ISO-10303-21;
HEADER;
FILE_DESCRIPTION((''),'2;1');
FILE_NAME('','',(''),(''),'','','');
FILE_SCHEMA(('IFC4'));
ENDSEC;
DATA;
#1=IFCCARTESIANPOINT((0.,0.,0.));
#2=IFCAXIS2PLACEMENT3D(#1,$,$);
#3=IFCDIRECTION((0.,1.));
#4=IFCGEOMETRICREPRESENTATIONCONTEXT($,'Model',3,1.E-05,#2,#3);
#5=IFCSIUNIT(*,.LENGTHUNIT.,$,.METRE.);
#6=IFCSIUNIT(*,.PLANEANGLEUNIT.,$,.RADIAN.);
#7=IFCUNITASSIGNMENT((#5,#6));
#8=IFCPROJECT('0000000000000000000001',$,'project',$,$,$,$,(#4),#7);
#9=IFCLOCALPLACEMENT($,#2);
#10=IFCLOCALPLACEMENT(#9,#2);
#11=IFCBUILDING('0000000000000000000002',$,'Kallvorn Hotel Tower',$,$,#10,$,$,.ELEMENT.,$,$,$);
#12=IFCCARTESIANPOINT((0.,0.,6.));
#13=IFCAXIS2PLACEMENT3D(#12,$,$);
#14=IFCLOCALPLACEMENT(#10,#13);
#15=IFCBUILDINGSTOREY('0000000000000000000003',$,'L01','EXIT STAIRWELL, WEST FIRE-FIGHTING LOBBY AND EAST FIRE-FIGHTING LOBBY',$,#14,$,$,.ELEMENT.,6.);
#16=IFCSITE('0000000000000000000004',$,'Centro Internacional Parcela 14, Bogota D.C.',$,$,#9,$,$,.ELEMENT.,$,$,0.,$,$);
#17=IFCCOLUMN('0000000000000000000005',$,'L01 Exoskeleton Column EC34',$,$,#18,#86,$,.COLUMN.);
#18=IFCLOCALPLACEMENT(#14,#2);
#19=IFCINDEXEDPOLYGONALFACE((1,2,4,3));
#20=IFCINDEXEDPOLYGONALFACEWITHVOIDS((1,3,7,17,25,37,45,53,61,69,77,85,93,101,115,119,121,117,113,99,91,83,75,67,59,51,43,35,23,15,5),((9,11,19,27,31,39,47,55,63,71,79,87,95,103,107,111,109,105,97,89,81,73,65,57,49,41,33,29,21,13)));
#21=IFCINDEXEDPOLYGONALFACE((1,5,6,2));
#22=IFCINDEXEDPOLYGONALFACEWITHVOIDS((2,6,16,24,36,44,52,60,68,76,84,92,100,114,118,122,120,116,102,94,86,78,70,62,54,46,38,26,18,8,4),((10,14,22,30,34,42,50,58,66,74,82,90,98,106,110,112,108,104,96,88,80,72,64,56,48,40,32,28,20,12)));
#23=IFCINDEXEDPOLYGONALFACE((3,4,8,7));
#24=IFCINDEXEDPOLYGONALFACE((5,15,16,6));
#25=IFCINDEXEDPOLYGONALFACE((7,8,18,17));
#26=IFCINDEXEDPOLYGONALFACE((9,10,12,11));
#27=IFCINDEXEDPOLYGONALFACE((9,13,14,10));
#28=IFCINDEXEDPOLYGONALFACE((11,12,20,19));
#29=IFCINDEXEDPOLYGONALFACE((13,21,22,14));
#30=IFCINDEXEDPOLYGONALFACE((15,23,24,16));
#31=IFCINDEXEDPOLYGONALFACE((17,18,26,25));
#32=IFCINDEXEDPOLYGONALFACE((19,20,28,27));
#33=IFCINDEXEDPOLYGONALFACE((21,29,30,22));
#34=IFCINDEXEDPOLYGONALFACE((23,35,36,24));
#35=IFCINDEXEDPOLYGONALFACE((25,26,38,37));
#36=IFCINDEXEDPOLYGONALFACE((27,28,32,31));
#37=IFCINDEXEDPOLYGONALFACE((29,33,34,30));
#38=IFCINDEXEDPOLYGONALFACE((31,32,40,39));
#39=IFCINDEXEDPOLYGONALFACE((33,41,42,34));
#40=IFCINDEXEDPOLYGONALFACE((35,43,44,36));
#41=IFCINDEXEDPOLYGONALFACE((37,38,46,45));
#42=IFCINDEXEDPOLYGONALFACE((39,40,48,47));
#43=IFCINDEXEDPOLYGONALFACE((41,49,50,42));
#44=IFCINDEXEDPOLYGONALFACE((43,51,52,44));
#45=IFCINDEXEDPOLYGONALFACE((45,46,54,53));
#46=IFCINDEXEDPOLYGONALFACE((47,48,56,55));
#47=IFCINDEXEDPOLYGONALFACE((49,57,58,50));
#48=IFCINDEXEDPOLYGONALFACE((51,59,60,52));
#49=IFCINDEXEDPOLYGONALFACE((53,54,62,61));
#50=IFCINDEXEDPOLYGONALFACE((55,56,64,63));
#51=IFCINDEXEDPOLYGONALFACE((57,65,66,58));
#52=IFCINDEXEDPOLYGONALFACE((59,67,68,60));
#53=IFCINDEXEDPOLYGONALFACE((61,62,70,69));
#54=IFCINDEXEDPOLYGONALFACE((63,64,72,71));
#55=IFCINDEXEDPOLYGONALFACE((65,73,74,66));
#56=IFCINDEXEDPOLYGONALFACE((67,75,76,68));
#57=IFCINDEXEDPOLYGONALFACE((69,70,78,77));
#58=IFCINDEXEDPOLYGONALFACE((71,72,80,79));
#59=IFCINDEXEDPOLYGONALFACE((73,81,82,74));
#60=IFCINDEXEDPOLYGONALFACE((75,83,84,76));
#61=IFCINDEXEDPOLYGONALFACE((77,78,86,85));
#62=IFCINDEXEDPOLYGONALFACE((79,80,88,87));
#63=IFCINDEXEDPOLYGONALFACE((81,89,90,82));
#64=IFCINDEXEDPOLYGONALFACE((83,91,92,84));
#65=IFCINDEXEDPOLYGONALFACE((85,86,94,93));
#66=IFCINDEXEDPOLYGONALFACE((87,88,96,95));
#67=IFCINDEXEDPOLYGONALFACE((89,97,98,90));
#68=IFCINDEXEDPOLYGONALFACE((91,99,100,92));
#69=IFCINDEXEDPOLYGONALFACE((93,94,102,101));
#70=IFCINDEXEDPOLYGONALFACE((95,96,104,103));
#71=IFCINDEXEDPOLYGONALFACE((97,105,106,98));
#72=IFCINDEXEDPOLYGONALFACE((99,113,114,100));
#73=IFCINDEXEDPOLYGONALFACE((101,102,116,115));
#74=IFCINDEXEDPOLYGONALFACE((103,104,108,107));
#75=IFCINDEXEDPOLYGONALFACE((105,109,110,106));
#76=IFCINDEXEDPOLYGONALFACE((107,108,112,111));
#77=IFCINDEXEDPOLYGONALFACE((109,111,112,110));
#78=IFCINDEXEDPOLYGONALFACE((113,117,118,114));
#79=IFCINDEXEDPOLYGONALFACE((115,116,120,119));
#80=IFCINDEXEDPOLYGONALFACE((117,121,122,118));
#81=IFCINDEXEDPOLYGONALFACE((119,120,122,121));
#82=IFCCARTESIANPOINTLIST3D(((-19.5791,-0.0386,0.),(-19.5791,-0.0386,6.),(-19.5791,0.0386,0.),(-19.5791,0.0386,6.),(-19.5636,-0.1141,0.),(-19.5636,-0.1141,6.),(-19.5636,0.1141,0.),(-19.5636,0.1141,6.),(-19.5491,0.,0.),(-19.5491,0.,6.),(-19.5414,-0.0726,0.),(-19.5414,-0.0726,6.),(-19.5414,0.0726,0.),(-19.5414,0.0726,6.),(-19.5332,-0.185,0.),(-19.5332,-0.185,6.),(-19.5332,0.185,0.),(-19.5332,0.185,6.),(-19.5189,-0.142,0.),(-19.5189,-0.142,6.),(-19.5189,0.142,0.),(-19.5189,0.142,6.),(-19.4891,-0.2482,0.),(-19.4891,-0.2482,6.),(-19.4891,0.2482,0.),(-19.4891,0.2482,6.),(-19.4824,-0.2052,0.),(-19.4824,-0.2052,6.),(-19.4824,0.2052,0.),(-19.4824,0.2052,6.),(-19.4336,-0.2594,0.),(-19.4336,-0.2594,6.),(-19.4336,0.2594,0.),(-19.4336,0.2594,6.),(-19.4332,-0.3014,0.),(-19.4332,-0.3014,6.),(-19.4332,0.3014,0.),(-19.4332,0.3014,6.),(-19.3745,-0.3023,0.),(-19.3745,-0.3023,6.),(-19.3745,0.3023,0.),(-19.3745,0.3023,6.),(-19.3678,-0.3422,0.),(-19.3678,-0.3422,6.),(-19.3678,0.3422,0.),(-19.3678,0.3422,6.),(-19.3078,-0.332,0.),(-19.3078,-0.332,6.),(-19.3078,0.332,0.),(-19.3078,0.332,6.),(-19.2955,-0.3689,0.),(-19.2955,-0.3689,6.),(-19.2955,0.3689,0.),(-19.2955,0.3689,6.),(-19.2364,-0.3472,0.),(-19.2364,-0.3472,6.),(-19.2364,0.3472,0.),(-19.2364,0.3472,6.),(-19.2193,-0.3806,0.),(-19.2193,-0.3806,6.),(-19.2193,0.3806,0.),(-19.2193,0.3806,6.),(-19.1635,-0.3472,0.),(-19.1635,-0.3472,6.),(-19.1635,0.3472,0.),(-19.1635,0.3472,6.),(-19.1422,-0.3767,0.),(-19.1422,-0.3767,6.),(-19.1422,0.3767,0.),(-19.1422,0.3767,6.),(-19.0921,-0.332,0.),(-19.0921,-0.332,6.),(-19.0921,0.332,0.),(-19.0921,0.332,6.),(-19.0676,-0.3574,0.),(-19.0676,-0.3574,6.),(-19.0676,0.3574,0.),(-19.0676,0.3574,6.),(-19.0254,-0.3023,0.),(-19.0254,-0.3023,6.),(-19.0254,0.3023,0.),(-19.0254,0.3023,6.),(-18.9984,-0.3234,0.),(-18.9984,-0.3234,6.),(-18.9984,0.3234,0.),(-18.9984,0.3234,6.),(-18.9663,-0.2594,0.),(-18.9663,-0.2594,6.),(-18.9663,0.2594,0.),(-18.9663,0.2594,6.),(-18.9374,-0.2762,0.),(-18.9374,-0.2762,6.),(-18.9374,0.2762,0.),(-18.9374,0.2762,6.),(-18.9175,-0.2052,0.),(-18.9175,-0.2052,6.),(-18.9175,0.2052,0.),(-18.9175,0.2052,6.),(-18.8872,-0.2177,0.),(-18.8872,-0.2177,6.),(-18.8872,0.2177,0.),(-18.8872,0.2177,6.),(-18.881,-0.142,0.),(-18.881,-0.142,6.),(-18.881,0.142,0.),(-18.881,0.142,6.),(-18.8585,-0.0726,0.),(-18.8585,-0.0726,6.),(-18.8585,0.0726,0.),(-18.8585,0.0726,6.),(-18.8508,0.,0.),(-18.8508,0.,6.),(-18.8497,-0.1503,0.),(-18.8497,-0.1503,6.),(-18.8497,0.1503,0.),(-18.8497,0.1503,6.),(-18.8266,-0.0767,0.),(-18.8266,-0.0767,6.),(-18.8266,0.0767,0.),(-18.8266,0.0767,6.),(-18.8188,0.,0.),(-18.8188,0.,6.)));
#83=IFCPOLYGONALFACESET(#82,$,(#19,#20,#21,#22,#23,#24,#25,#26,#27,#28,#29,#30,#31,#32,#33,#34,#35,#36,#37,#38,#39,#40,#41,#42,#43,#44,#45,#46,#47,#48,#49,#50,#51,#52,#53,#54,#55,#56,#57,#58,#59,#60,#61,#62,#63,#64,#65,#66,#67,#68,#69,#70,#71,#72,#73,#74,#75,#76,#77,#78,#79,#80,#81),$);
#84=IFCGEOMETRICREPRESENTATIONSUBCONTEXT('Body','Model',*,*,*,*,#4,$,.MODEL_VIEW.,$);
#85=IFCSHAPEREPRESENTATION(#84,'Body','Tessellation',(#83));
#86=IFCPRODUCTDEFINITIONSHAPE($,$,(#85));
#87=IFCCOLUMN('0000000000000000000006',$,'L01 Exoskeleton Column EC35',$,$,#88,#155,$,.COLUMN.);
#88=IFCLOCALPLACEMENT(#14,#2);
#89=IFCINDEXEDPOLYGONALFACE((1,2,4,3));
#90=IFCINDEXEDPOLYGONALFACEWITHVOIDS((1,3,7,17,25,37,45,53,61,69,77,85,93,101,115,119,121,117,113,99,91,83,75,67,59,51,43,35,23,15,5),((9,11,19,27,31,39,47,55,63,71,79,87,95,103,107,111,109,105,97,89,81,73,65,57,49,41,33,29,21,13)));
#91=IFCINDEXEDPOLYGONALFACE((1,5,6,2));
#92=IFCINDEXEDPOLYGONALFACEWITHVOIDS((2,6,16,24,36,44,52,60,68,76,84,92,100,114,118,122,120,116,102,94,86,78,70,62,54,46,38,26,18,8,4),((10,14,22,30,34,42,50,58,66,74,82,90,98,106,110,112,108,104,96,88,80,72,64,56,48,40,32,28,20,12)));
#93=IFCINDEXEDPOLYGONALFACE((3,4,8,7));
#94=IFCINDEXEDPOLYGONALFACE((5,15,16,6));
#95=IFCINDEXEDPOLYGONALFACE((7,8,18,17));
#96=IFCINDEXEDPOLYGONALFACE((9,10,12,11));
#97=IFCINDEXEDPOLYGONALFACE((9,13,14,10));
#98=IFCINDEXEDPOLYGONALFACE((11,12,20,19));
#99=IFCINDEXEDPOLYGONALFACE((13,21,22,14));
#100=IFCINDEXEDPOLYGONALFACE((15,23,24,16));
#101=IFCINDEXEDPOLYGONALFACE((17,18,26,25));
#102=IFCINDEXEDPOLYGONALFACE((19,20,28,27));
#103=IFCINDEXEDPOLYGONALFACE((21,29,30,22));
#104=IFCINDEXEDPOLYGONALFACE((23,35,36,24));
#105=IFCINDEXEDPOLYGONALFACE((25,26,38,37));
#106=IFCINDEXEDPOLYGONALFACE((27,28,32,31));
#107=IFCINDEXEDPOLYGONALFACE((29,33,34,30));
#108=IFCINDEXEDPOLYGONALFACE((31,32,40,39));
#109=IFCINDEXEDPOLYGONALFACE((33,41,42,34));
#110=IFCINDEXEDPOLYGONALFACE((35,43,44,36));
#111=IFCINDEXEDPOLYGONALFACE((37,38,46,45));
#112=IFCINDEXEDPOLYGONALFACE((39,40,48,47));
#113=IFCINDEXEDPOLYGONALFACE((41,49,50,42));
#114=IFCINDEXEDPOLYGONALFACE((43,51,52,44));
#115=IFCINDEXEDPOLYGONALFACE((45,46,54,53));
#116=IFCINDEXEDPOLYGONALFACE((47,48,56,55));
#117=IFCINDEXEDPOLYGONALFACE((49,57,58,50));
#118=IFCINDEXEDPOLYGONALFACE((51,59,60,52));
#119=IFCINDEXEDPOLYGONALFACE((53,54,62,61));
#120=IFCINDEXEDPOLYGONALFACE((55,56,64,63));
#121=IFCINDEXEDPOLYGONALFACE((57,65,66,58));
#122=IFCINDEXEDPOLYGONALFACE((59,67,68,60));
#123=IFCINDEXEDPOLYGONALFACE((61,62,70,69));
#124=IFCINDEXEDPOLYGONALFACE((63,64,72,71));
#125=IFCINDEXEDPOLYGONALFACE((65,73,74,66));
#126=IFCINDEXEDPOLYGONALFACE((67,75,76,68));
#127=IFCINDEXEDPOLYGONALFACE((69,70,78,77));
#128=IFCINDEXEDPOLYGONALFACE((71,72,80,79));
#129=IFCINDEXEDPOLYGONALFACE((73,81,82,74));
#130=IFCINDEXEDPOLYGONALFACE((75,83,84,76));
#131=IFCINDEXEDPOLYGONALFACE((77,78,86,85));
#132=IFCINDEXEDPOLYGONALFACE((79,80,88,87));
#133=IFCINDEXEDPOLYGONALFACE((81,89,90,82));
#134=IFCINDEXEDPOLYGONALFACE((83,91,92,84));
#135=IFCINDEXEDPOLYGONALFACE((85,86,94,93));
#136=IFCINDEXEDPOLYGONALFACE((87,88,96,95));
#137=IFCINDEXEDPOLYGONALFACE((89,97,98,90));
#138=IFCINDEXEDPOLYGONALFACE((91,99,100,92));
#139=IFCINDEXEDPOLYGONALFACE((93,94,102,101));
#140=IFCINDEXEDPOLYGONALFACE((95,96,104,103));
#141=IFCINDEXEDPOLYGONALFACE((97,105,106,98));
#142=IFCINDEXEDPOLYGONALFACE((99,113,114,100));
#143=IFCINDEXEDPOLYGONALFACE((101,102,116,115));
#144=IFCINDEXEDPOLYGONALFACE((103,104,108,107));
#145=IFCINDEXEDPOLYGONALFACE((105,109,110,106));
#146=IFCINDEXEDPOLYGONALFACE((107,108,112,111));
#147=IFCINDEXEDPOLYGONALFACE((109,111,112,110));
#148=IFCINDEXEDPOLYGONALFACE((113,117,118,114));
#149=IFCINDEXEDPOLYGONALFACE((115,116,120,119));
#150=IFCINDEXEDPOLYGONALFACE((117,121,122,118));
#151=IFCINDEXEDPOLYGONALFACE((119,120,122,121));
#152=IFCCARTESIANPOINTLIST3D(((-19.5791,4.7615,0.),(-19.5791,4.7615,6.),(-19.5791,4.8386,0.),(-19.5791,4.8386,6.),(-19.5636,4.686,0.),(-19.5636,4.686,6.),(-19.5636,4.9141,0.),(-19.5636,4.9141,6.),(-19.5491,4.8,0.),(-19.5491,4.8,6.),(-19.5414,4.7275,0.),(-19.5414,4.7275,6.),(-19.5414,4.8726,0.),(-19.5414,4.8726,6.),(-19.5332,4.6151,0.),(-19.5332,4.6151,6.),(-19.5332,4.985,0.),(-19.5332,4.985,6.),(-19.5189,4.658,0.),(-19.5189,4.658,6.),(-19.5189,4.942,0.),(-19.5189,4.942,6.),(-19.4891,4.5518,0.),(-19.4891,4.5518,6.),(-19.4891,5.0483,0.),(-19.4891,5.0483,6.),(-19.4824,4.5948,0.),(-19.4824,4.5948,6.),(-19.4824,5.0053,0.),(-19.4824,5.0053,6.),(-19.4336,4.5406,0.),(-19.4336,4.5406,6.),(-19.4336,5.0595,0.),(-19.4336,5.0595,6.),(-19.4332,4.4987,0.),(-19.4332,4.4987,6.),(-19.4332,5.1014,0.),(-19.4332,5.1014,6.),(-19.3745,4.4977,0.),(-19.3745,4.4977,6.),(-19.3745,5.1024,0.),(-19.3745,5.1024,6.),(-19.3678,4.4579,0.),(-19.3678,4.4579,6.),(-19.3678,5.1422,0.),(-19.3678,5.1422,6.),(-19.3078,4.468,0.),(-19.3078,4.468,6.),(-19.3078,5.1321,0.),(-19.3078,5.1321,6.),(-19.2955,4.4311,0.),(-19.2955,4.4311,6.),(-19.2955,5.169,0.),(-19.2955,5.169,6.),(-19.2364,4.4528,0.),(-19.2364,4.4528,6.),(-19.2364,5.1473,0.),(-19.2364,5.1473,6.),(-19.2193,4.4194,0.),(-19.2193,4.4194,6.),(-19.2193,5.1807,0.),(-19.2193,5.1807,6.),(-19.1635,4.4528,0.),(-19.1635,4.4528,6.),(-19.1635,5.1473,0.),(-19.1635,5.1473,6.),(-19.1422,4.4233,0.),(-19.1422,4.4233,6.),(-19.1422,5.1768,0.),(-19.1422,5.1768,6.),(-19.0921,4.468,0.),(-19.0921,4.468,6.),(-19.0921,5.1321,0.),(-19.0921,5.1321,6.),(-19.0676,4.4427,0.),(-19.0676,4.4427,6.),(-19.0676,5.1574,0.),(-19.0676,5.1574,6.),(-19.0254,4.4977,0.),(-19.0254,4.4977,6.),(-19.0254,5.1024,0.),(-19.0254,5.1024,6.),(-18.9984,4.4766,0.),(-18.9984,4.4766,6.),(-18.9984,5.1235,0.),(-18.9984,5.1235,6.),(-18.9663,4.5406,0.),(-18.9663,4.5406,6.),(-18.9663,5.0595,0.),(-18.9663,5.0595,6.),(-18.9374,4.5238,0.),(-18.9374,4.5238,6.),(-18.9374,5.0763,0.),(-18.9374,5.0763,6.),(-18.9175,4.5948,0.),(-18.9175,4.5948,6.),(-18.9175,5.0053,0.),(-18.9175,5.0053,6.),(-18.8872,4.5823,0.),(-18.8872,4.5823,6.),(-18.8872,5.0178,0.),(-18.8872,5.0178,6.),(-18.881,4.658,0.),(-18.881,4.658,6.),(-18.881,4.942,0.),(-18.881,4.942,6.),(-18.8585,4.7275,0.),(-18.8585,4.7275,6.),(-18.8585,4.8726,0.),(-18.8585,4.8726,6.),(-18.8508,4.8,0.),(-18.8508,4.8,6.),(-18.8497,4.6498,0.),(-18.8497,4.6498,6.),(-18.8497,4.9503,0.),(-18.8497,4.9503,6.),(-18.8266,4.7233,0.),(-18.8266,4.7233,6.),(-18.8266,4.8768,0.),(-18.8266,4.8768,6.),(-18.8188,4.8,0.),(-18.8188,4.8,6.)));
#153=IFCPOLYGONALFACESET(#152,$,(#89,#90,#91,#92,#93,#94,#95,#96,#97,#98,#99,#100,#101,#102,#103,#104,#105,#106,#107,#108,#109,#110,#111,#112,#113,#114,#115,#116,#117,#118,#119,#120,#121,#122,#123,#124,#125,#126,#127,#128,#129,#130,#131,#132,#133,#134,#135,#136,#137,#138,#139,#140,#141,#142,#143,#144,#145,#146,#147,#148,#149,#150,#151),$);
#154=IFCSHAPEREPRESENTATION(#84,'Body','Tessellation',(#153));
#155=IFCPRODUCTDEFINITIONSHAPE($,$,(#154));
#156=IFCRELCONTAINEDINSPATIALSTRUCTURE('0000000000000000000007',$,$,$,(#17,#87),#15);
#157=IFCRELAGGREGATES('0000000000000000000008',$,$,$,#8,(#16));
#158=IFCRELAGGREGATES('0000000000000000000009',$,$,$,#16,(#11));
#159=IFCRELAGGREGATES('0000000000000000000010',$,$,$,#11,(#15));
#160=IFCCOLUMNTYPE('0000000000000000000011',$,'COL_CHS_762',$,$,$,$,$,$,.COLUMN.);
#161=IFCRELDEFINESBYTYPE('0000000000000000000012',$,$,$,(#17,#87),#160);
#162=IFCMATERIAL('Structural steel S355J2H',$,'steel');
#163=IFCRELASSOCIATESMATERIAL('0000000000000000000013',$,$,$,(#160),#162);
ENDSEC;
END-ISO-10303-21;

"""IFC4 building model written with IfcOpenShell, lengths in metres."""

from ifc_helpers import new_model, si_unit, direction, frame, origin, origin_2d, place, context, subcontext, project, spatial, hollow_circle, extrude, material, material_profile, profile_set, type_object, element, save


model = new_model("IFC4")

# Units and contexts
model_context = context("Model", 3, precision=1e-05, world=origin(), true_north=direction((0.0, 1.0)))
body_context = subcontext(model_context, "Body", "Model", "MODEL_VIEW")
ifc_project = project(units=[si_unit("LENGTHUNIT", "METRE"), si_unit("PLANEANGLEUNIT", "RADIAN")], contexts=[model_context])

# Site, building, storey
site_placement = place(None, origin())
site = spatial("IfcSite", under=ifc_project, at=site_placement, Name="Centro Internacional Parcela 14, Bogota D.C.", CompositionType="ELEMENT", RefElevation=0.0)
building_placement = place(site_placement, origin())
building = spatial("IfcBuilding", under=site, at=building_placement, Name="Kallvorn Hotel Tower", CompositionType="ELEMENT")
storey_placement = place(building_placement, frame((0.0, 0.0, 6.0)))
storey = spatial("IfcBuildingStorey", under=building, at=storey_placement, Name="L01", Description="EXIT STAIRWELL, WEST FIRE-FIGHTING LOBBY AND EAST FIRE-FIGHTING LOBBY", CompositionType="ELEMENT", Elevation=6.0)

# Columns
ifc_material_1 = material(Name="Structural steel S355J2H", Category="steel")
ifc_material_profile_1 = material_profile(ifc_material_1, hollow_circle(Radius=0.3811, WallThickness=0.032, at=origin_2d()), Name="CHS 762x32")
ifc_profile_set_1 = profile_set([ifc_material_profile_1], Name="Structural steel S355J2H")
column_type_1 = type_object("IfcColumnType", Name="COL_CHS_762", PredefinedType="COLUMN", material=ifc_profile_set_1)
for number, where, z_axis, x_axis, name in (
    (1, (-19.2, 0.0, 0.0), (0.0, 0.0, 1.0), (1.0, 0.0, 0.0), "L01 Exoskeleton Column EC34"),
    (2, (-19.2, 4.8, 0.0), (0.0, 0.0, 1.0), (1.0, 0.0, 0.0), "L01 Exoskeleton Column EC35"),
):
    element("IfcColumn", number, at=place(storey_placement, frame(where, z_axis=z_axis, x_axis=x_axis)), inside=storey, type_object=column_type_1, Name=name, PredefinedType="COLUMN", context=body_context, shape_type="SweptSolid", body=[
        extrude(hollow_circle(Radius=0.3811, WallThickness=0.032, at=origin_2d()), origin(), (0.0, 0.0, 1.0), 6.0),
    ])

save(model, "model.ifc")
